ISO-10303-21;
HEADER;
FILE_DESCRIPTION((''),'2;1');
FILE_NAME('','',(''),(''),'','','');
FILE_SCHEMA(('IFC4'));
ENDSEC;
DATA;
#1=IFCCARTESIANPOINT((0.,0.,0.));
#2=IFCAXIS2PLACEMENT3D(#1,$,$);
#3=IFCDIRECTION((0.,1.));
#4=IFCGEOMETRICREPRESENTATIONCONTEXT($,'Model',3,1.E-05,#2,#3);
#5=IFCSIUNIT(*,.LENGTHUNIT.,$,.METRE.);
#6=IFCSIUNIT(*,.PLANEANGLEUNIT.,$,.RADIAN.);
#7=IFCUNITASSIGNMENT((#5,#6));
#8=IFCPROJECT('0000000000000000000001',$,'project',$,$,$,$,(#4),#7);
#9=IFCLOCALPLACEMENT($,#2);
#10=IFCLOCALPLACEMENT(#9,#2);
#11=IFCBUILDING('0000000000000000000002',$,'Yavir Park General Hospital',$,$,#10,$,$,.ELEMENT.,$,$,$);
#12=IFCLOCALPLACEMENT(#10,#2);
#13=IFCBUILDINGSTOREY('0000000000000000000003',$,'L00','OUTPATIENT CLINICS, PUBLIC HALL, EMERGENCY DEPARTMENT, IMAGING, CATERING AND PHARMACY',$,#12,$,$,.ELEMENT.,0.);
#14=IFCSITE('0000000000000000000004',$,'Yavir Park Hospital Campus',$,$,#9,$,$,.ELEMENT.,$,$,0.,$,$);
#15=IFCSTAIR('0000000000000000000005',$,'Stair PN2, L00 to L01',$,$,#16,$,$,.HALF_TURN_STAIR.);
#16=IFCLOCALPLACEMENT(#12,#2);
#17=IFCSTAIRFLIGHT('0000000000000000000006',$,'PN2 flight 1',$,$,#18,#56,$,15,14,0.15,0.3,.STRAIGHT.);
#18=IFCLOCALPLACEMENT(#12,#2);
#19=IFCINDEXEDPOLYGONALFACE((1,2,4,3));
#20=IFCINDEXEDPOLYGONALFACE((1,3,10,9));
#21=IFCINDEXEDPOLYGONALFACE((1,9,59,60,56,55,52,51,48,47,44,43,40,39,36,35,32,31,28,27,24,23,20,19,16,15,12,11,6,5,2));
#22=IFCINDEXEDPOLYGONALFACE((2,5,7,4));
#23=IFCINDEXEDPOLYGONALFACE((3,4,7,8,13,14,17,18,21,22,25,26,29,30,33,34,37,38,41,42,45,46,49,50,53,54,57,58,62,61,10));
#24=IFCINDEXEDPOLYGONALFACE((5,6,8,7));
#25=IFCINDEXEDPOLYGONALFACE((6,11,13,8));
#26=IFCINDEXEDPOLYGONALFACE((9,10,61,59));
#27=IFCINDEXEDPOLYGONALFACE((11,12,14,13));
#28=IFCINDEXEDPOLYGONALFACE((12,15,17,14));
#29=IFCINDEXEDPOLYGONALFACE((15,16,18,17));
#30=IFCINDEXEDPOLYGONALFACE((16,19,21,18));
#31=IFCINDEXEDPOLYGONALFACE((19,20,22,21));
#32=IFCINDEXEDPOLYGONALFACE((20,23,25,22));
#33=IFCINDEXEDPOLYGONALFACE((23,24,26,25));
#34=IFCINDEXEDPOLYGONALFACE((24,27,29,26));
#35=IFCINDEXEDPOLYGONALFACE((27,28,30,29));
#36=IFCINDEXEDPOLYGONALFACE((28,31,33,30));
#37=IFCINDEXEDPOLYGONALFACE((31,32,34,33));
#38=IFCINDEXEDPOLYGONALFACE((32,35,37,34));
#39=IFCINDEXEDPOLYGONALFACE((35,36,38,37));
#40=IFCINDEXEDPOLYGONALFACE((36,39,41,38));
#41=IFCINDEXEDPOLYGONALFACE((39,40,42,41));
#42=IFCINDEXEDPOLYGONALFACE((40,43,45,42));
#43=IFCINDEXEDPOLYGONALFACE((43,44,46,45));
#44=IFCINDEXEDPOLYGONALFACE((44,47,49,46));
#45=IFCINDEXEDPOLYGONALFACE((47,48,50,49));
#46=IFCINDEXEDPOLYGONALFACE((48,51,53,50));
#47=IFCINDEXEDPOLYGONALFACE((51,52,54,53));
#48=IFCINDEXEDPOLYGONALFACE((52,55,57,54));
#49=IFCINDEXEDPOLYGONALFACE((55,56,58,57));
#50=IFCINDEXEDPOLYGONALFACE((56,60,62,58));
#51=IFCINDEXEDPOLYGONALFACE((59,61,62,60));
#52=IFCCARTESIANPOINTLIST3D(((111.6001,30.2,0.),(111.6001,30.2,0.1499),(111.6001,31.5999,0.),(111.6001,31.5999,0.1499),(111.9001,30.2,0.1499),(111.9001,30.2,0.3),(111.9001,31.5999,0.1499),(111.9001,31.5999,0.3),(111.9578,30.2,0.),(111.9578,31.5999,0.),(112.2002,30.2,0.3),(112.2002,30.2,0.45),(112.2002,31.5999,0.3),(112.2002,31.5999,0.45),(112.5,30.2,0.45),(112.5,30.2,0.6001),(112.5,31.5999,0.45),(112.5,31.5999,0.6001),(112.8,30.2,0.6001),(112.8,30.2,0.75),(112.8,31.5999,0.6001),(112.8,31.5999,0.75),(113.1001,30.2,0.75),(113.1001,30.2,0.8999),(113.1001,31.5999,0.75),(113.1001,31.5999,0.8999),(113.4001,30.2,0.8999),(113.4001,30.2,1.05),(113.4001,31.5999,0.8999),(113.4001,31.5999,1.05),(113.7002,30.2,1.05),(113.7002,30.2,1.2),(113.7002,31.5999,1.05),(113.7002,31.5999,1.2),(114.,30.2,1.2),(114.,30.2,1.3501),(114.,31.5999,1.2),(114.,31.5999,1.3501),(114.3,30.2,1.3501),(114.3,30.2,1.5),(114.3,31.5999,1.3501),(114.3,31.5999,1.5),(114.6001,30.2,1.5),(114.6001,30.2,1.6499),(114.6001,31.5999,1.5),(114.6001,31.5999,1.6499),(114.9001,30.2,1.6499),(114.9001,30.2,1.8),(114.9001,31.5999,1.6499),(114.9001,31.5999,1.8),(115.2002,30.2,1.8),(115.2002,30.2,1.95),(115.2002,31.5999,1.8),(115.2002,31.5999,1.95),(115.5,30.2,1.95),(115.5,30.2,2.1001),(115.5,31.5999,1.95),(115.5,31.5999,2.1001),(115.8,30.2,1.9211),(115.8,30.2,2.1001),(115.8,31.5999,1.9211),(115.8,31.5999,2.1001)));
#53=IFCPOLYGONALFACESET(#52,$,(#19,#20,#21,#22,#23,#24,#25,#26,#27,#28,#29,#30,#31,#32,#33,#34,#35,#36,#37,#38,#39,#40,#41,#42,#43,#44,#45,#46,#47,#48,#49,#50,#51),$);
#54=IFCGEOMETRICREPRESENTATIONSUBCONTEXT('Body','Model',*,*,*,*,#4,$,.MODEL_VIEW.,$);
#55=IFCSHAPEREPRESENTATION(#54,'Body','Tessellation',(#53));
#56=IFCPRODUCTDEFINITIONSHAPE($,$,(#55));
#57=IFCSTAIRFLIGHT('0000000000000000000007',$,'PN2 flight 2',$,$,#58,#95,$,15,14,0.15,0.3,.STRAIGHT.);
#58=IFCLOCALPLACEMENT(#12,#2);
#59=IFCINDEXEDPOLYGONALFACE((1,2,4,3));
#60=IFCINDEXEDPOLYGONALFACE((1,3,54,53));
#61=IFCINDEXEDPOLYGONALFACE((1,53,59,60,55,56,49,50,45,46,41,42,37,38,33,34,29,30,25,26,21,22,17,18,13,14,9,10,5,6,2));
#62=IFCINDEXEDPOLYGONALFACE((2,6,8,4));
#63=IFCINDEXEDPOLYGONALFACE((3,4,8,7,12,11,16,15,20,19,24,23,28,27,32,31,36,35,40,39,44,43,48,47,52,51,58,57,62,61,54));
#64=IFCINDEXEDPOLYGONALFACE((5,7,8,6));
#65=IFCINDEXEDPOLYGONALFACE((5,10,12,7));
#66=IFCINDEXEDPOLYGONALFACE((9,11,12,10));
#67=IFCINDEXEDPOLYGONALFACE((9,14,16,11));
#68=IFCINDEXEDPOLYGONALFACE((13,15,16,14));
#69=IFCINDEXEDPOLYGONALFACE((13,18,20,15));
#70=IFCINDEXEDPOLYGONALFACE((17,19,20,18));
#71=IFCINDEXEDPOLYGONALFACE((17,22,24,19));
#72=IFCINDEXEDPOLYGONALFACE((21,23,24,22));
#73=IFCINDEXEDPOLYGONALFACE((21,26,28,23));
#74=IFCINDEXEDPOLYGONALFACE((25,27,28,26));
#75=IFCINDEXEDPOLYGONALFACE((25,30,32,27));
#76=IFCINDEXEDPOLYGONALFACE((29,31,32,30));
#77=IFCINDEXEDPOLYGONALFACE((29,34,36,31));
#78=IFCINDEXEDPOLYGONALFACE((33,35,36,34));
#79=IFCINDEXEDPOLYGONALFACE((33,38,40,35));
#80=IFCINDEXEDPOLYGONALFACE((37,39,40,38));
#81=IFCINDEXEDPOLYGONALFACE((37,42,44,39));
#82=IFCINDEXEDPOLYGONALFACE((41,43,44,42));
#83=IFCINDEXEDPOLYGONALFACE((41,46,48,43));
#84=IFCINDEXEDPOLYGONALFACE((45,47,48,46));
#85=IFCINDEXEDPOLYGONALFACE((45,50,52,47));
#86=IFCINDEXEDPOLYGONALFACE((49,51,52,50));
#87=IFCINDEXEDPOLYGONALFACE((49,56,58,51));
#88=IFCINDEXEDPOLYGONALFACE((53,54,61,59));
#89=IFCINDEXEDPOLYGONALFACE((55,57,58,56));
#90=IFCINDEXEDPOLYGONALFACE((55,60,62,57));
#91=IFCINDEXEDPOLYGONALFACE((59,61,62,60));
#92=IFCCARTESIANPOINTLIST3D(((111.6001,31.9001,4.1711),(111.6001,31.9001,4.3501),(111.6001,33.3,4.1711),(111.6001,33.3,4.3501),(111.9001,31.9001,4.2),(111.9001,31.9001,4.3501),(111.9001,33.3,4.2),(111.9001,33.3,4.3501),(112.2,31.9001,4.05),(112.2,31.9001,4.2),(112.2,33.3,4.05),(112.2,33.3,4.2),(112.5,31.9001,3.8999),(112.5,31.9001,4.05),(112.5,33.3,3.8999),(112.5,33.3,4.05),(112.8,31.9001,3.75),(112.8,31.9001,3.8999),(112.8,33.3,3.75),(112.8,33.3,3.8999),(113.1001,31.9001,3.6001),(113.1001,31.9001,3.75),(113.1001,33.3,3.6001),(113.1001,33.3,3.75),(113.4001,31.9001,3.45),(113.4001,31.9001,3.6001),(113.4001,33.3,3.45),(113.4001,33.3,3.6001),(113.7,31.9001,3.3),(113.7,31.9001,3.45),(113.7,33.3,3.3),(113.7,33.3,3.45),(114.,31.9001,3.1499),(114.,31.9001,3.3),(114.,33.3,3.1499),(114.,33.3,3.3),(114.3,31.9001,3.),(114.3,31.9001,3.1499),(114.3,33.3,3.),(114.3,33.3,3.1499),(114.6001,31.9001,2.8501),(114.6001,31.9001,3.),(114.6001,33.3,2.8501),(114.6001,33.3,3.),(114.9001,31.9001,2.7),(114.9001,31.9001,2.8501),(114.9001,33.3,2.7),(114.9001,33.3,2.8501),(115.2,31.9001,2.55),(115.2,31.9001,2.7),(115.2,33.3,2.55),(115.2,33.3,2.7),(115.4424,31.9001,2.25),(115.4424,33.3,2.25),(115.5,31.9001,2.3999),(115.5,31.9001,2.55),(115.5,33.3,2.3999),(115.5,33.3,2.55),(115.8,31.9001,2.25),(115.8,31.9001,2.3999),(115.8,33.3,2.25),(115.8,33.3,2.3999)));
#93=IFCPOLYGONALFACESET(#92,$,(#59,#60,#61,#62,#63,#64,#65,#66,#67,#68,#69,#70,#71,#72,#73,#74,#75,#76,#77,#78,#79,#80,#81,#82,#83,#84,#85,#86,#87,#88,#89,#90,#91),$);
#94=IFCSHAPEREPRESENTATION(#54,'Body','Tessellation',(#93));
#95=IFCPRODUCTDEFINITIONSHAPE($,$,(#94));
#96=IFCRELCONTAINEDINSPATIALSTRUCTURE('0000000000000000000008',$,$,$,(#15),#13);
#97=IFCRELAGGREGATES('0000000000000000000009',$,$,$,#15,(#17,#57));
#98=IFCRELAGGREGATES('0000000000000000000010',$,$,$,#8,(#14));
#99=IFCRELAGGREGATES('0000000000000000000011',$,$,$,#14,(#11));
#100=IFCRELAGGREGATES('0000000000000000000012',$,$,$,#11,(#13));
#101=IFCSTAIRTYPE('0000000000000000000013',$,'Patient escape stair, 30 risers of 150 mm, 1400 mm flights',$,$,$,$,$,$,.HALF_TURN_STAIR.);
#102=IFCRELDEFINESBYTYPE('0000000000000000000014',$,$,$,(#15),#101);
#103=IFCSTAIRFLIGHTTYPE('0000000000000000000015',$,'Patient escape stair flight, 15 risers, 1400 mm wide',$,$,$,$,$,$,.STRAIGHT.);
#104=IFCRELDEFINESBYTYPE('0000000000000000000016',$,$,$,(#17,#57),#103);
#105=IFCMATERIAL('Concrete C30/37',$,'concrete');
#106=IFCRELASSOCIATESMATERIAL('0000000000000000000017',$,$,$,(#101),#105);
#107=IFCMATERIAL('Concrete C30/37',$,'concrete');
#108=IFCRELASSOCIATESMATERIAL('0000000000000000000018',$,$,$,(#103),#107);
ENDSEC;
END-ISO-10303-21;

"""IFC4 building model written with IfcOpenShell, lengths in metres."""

from ifc_helpers import new_model, si_unit, direction, frame, origin, place, context, subcontext, project, spatial, polyline, outline, extrude, material, type_object, element, aggregate, save


model = new_model("IFC4")

# Units and contexts
model_context = context("Model", 3, precision=1e-05, world=origin(), true_north=direction((0.0, 1.0)))
body_context = subcontext(model_context, "Body", "Model", "MODEL_VIEW")
ifc_project = project(units=[si_unit("LENGTHUNIT", "METRE"), si_unit("PLANEANGLEUNIT", "RADIAN")], contexts=[model_context])

# Site, building, storey
site_placement = place(None, origin())
site = spatial("IfcSite", under=ifc_project, at=site_placement, Name="Yavir Park Hospital Campus", CompositionType="ELEMENT", RefElevation=0.0)
building_placement = place(site_placement, origin())
building = spatial("IfcBuilding", under=site, at=building_placement, Name="Yavir Park General Hospital", CompositionType="ELEMENT")
storey_placement = place(building_placement, origin())
storey = spatial("IfcBuildingStorey", under=building, at=storey_placement, Name="L00", Description="OUTPATIENT CLINICS, PUBLIC HALL, EMERGENCY DEPARTMENT, IMAGING, CATERING AND PHARMACY", CompositionType="ELEMENT", Elevation=0.0)

# Stair, stair flights
ifc_material_1 = material(Name="Concrete C30/37", Category="concrete")
stair_type = type_object("IfcStairType", Name="Patient escape stair, 30 risers of 150 mm, 1400 mm flights", PredefinedType="HALF_TURN_STAIR", material=ifc_material_1)
stair_placement = place(storey_placement, origin())
stair = element("IfcStair", 1, at=stair_placement, inside=storey, type_object=stair_type, Name="Stair PN2, L00 to L01", PredefinedType="HALF_TURN_STAIR")
ifc_material_2 = material(Name="Concrete C30/37", Category="concrete")
stair_flight_type = type_object("IfcStairFlightType", Name="Patient escape stair flight, 15 risers, 1400 mm wide", PredefinedType="STRAIGHT", material=ifc_material_2)
stair_flight_1_placement = place(storey_placement, frame((111.6001, 30.8999, 0.0), z_axis=(0.0, 0.0, 1.0), x_axis=(1.0, 0.0, 0.0)))
stair_flight_1 = element("IfcStairFlight", 2, at=stair_flight_1_placement, type_object=stair_flight_type, Name="PN2 flight 1", NumberOfRisers=15, NumberOfTreads=14, PredefinedType="STRAIGHT", RiserHeight=0.15, TreadLength=0.3, context=body_context, shape_type="SweptSolid", body=[
    extrude(outline(polyline([(0.0, 0.0), (0.0, 0.1499), (0.3, 0.1499), (0.3, 0.3), (0.6001, 0.3), (0.6001, 0.45), (0.8999, 0.45), (0.8999, 0.6001), (1.2, 0.6001), (1.2, 0.75), (1.5, 0.75), (1.5, 0.8999), (1.8, 0.8999), (1.8, 1.05), (2.1001, 1.05), (2.1001, 1.2), (2.3999, 1.2), (2.3999, 1.3501), (2.7, 1.3501), (2.7, 1.5), (3.0, 1.5), (3.0, 1.6499), (3.3, 1.6499), (3.3, 1.8), (3.6001, 1.8), (3.6001, 1.95), (3.8999, 1.95), (3.8999, 2.1001), (4.2, 2.1001), (4.2, 2.25), (4.2, 1.9211), (0.3577, 0.0), (0.0, 0.0)])), frame((0.0, 0.7, 0.0), z_axis=(0.0, -1.0, 0.0), x_axis=(1.0, 0.0, 0.0)), (0.0, 0.0, 1.0), 1.3999),
])
stair_flight_2_placement = place(storey_placement, frame((115.8, 32.6001, 2.25), z_axis=(0.0, 0.0, 1.0), x_axis=(-1.0, 0.0, 0.0)))
stair_flight_2 = element("IfcStairFlight", 3, at=stair_flight_2_placement, type_object=stair_flight_type, Name="PN2 flight 2", NumberOfRisers=15, NumberOfTreads=14, PredefinedType="STRAIGHT", RiserHeight=0.15, TreadLength=0.3, context=body_context, shape_type="SweptSolid", body=[
    extrude(outline(polyline([(0.0, 0.0), (0.0, 0.1499), (0.3, 0.1499), (0.3, 0.3), (0.6001, 0.3), (0.6001, 0.45), (0.8999, 0.45), (0.8999, 0.6001), (1.2, 0.6001), (1.2, 0.75), (1.5, 0.75), (1.5, 0.8999), (1.8, 0.8999), (1.8, 1.05), (2.1001, 1.05), (2.1001, 1.2), (2.3999, 1.2), (2.3999, 1.3501), (2.7, 1.3501), (2.7, 1.5), (3.0, 1.5), (3.0, 1.6499), (3.3, 1.6499), (3.3, 1.8), (3.6001, 1.8), (3.6001, 1.95), (3.8999, 1.95), (3.8999, 2.1001), (4.2, 2.1001), (4.2, 2.25), (4.2, 1.9211), (0.3577, 0.0), (0.0, 0.0)])), frame((0.0, 0.7, 0.0), z_axis=(0.0, -1.0, 0.0), x_axis=(1.0, 0.0, 0.0)), (0.0, 0.0, 1.0), 1.3999),
])
aggregate(stair, [stair_flight_1, stair_flight_2])

save(model, "model.ifc")
